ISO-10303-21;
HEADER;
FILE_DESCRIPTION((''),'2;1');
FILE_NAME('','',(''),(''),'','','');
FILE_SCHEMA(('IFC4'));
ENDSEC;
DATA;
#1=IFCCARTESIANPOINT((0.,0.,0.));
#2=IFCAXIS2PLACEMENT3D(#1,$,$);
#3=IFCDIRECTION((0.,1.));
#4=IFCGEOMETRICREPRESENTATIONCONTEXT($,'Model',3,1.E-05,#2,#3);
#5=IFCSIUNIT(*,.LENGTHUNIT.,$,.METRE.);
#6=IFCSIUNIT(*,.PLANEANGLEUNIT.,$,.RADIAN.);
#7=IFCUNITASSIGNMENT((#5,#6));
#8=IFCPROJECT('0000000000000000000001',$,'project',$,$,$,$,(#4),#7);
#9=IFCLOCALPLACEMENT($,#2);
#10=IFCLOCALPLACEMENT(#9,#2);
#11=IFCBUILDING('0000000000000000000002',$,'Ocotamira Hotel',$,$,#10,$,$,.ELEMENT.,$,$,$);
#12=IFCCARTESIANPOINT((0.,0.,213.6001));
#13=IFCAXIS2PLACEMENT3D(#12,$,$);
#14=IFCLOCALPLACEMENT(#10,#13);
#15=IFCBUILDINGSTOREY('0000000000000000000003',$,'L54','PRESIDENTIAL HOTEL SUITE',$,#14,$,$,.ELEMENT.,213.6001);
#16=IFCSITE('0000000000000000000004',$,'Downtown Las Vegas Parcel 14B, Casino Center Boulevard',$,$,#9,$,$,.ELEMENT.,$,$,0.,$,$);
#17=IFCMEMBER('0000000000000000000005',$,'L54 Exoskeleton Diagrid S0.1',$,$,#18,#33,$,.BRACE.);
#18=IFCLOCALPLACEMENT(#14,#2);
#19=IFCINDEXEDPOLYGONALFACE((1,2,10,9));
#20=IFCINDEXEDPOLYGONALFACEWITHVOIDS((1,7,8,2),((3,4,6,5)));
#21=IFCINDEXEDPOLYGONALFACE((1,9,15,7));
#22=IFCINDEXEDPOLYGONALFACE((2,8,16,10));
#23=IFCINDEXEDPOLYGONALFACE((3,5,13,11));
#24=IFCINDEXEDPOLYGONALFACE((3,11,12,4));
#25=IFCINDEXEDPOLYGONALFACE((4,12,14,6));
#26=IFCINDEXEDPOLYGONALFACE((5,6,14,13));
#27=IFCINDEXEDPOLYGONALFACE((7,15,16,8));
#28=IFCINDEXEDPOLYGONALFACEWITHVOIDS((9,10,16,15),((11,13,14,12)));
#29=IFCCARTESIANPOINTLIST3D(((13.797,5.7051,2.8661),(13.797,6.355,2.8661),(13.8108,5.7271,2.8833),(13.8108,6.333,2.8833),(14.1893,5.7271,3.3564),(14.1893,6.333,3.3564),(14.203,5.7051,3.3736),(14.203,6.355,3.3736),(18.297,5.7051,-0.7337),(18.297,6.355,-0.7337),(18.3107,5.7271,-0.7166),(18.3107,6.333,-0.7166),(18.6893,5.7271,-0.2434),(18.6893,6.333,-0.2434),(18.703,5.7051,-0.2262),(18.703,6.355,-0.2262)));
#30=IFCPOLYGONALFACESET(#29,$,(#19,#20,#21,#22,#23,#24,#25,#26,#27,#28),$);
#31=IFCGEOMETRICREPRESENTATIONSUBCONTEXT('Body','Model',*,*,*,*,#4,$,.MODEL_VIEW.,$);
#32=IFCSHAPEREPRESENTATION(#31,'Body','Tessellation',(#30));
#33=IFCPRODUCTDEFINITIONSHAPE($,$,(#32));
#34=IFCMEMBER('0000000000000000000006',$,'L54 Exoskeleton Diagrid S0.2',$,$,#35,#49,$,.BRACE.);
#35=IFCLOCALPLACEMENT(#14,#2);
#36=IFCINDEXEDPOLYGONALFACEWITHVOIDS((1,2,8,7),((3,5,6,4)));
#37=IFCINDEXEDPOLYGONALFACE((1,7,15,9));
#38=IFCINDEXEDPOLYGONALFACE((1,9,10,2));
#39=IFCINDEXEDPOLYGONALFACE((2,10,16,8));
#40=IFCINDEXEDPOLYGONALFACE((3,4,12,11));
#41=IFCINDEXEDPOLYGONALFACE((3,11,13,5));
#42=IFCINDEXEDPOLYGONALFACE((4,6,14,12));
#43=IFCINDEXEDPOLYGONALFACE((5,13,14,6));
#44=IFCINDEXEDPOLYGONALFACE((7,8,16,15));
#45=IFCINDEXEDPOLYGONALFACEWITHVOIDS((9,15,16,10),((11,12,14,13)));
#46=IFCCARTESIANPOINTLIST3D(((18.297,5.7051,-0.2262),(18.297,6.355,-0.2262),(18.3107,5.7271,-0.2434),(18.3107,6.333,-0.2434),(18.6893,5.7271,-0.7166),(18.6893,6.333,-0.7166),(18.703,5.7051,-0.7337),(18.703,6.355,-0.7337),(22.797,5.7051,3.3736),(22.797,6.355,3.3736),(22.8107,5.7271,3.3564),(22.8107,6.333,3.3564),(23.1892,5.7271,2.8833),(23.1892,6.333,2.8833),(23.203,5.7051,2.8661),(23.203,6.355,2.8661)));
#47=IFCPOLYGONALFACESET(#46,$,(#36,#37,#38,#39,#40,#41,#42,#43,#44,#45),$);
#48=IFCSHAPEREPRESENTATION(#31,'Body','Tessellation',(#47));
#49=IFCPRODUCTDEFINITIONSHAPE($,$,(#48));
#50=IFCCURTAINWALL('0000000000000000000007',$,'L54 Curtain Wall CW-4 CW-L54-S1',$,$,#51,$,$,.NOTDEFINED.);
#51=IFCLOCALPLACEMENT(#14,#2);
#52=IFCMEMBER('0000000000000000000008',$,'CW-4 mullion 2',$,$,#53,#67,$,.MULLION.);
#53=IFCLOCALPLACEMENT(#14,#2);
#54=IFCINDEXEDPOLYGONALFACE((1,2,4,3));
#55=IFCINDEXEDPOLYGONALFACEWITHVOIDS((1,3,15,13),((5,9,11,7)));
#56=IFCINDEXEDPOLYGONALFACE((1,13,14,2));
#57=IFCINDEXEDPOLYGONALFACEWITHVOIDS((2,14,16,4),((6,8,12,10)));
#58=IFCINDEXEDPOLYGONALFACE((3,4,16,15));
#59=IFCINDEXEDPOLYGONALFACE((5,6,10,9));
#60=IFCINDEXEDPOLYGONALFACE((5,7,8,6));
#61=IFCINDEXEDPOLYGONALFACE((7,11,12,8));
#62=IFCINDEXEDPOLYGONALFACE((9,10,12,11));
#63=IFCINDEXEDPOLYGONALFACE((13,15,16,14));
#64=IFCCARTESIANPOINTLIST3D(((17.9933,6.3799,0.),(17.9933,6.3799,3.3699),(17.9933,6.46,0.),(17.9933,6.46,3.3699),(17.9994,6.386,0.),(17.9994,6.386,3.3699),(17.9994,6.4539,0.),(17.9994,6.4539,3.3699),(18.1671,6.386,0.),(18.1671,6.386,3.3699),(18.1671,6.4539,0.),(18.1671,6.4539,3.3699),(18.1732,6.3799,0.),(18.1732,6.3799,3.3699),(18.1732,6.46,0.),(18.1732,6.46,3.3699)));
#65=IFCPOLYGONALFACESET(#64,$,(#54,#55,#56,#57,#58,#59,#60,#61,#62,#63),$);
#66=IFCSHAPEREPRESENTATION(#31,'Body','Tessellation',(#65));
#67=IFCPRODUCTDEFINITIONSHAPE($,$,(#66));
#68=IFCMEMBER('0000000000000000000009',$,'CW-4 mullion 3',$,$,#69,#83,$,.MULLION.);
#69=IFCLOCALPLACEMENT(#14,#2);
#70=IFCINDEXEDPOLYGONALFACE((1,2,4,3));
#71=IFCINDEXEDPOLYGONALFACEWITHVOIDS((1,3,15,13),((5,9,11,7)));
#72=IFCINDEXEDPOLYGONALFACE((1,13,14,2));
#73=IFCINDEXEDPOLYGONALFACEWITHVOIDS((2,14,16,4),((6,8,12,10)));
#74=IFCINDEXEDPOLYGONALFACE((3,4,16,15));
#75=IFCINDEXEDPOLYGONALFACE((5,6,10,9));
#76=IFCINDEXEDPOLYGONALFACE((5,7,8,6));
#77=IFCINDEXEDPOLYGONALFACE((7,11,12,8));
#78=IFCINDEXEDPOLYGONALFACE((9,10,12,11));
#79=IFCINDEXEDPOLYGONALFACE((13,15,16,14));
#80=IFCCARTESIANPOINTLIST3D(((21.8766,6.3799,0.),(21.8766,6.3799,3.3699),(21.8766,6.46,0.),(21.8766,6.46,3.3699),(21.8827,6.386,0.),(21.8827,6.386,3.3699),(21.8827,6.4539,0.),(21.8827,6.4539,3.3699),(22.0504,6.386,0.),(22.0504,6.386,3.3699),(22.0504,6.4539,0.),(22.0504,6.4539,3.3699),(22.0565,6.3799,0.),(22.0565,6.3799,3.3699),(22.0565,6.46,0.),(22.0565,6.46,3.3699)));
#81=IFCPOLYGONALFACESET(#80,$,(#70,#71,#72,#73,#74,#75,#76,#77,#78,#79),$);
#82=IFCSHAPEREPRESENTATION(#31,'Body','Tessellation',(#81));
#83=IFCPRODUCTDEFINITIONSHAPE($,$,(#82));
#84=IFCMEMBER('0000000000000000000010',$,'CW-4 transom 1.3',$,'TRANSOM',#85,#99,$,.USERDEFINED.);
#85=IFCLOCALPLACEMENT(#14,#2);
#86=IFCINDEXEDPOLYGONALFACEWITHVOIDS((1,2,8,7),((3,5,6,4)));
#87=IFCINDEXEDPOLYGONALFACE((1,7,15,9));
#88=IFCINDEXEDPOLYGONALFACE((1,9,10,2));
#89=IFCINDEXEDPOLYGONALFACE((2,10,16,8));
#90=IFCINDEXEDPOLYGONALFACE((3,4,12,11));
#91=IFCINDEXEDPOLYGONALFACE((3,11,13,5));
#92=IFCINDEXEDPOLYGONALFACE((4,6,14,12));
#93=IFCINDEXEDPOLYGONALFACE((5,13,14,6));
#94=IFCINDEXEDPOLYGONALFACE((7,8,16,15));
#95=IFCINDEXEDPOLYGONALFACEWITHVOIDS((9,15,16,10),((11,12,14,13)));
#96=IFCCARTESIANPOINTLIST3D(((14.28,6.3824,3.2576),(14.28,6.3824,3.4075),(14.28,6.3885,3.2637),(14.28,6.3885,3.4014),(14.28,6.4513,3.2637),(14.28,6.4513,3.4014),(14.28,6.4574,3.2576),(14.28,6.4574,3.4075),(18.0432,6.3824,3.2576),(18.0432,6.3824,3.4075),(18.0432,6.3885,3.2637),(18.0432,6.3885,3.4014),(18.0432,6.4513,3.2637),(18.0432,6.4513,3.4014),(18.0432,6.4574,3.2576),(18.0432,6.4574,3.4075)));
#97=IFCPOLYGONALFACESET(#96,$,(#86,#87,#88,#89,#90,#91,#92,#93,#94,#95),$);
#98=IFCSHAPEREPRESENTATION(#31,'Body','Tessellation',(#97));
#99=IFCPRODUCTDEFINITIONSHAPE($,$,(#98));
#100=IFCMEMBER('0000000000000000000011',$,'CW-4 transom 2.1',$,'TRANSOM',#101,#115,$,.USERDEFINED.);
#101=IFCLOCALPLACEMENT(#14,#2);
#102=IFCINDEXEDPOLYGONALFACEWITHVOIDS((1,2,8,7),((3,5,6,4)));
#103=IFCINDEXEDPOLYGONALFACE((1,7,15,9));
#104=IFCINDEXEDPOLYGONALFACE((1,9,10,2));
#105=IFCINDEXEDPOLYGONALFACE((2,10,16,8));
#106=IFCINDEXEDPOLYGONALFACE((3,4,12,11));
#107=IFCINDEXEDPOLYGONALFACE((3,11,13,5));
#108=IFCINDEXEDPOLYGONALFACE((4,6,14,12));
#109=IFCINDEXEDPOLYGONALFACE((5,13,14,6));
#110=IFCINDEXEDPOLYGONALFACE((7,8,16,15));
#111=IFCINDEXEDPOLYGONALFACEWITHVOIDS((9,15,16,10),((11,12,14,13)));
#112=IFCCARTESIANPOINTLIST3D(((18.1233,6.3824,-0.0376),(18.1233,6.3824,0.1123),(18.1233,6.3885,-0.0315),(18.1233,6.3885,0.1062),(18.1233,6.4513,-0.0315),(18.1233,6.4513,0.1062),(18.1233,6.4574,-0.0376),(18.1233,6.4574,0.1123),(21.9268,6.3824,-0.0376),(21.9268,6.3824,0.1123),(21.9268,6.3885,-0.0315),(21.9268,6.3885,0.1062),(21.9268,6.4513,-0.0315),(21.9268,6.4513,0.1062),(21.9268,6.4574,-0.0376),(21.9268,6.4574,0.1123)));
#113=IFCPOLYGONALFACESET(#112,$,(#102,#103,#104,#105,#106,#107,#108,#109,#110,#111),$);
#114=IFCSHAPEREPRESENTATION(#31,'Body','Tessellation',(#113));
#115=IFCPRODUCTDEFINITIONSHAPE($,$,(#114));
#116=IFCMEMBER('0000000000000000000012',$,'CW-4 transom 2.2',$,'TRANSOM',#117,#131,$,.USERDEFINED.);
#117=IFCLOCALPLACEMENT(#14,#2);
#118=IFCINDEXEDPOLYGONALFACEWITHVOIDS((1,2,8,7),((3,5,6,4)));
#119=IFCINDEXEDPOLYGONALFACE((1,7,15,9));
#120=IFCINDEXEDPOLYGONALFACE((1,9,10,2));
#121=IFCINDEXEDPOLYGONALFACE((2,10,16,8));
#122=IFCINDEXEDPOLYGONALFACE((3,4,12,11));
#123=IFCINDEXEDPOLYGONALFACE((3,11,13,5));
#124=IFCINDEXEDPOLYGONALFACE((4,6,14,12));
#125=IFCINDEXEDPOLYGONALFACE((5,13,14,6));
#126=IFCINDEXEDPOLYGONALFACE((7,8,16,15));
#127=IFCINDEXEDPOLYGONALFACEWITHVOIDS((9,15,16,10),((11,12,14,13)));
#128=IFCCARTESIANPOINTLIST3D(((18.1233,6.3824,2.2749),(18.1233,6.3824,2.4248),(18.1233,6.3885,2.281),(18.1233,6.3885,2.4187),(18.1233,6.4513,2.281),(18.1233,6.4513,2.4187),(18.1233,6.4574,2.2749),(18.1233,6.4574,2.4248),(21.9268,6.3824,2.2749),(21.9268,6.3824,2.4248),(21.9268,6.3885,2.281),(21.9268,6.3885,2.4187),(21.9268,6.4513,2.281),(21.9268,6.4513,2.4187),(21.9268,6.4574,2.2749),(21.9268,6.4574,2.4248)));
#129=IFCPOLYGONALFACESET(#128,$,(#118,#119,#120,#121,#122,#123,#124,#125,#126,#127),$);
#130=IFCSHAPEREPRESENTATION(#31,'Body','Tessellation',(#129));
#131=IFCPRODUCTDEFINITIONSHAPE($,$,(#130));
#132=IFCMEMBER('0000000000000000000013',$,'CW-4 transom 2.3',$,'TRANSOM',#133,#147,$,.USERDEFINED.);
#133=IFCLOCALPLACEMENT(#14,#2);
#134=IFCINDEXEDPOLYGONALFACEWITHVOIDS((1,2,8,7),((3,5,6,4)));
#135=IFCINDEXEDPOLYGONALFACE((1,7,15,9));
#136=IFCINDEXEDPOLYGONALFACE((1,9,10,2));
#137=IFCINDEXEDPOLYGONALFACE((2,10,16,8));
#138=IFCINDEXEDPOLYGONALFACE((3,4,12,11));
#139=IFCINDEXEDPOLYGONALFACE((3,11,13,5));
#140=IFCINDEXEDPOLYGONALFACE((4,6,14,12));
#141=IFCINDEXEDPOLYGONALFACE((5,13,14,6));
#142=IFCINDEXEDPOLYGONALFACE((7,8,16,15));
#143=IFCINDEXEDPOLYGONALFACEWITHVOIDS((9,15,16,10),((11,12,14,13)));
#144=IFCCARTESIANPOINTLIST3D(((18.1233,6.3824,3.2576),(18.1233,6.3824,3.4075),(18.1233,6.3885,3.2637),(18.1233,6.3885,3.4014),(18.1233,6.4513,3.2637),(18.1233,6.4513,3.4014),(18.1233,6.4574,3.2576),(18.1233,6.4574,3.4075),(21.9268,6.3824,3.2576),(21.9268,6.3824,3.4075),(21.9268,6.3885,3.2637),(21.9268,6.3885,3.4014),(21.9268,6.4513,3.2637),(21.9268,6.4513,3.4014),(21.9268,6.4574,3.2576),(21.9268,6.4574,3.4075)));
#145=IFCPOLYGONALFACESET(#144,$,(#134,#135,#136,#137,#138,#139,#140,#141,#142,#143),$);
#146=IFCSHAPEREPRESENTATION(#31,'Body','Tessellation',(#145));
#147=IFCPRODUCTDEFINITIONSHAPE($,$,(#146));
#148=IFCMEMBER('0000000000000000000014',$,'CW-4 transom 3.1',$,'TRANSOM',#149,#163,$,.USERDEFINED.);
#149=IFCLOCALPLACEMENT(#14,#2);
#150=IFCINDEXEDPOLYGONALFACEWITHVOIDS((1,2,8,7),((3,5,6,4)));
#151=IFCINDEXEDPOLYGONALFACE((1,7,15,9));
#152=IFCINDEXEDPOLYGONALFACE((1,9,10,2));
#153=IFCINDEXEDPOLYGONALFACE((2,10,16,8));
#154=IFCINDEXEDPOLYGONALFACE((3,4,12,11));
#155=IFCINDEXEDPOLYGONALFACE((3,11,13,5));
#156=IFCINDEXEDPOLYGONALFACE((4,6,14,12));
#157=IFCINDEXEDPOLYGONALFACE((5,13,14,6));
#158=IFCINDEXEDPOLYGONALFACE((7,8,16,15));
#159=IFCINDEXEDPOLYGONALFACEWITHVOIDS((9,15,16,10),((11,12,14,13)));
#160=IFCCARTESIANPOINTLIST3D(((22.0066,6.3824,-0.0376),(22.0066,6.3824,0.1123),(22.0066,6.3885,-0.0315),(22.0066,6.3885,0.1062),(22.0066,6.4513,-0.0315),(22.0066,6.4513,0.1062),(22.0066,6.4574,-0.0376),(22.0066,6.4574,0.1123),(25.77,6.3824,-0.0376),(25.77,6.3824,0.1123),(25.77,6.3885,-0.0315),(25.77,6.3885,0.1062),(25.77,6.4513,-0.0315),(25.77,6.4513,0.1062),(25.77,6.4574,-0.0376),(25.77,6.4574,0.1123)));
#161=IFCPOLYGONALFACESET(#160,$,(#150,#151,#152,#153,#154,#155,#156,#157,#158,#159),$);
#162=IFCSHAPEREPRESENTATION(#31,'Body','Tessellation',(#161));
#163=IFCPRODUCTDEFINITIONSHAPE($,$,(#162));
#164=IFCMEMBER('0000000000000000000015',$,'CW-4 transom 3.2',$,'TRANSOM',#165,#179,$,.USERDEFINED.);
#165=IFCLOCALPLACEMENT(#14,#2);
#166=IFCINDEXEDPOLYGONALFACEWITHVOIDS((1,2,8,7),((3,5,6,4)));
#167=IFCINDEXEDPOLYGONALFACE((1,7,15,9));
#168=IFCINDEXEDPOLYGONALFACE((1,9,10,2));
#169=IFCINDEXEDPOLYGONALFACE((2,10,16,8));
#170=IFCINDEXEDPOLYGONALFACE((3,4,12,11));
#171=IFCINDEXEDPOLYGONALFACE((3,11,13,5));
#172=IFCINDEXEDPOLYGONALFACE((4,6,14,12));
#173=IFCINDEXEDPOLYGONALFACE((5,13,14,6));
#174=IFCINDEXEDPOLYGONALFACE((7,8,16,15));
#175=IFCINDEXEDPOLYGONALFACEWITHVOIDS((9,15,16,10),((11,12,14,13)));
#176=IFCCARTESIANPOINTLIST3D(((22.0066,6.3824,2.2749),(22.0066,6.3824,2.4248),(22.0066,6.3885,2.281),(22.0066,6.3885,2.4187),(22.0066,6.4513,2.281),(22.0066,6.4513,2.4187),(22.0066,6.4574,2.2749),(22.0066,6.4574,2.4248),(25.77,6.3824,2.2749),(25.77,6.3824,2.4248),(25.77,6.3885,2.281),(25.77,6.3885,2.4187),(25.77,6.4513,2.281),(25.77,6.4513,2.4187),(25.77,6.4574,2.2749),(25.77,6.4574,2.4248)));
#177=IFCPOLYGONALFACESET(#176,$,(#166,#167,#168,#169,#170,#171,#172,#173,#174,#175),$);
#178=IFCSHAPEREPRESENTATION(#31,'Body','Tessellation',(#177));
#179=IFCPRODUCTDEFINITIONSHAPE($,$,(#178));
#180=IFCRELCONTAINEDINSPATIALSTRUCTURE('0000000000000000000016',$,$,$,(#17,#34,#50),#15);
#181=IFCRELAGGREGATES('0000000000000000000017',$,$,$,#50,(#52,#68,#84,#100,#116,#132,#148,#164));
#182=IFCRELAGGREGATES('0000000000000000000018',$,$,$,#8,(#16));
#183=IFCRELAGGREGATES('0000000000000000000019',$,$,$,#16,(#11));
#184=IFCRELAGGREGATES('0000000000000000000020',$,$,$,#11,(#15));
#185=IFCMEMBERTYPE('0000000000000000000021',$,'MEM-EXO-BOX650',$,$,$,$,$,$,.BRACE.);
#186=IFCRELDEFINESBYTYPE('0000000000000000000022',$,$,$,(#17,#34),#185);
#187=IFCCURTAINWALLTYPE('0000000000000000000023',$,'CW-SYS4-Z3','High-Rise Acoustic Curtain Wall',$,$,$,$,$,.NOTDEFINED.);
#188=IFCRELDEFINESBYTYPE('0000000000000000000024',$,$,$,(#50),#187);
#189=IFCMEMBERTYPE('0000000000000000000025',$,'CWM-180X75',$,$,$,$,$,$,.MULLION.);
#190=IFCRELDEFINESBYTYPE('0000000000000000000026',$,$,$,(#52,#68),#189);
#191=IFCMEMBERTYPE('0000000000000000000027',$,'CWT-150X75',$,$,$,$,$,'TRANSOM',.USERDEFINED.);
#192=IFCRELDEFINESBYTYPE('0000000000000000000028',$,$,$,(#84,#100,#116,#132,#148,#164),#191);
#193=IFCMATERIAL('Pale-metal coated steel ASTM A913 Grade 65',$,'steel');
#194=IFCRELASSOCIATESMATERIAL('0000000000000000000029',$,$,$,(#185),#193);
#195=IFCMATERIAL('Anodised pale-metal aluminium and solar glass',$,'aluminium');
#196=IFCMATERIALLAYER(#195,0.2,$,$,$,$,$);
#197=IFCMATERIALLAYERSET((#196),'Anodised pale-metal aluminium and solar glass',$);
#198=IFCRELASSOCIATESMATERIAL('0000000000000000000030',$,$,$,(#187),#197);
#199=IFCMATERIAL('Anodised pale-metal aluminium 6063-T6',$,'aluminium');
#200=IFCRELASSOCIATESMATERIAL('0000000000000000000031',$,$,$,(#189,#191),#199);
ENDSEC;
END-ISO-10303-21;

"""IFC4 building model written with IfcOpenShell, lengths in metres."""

from ifc_helpers import new_model, si_unit, direction, frame, origin, origin_2d, place, context, subcontext, project, spatial, hollow_rectangle, extrude, source, transform, mapped, material, layer, layer_set, material_profile, profile_set, type_object, element, aggregate, save


model = new_model("IFC4")

# Units and contexts
model_context = context("Model", 3, precision=1e-05, world=origin(), true_north=direction((0.0, 1.0)))
body_context = subcontext(model_context, "Body", "Model", "MODEL_VIEW")
ifc_project = project(units=[si_unit("LENGTHUNIT", "METRE"), si_unit("PLANEANGLEUNIT", "RADIAN")], contexts=[model_context])

# Site, building, storey
site_placement = place(None, origin())
site = spatial("IfcSite", under=ifc_project, at=site_placement, Name="Downtown Las Vegas Parcel 14B, Casino Center Boulevard", CompositionType="ELEMENT", RefElevation=0.0)
building_placement = place(site_placement, origin())
building = spatial("IfcBuilding", under=site, at=building_placement, Name="Ocotamira Hotel", CompositionType="ELEMENT")
storey_placement = place(building_placement, frame((0.0, 0.0, 213.6001)))
storey = spatial("IfcBuildingStorey", under=building, at=storey_placement, Name="L54", Description="PRESIDENTIAL HOTEL SUITE", CompositionType="ELEMENT", Elevation=213.6001)

# Members
ifc_material_1 = material(Name="Pale-metal coated steel ASTM A913 Grade 65", Category="steel")
ifc_material_profile_1 = material_profile(ifc_material_1, hollow_rectangle(XDim=0.6499, YDim=0.6499, WallThickness=0.022, at=origin_2d()), Name="BOX650X650X22")
ifc_profile_set_1 = profile_set([ifc_material_profile_1], Name="Pale-metal coated steel ASTM A913 Grade 65")
member_type_1 = type_object("IfcMemberType", Name="MEM-EXO-BOX650", PredefinedType="BRACE", material=ifc_profile_set_1)
shared_shape_1 = source(origin(), body_context, "Body", "SweptSolid", [
    extrude(hollow_rectangle(XDim=0.6499, YDim=0.6499, WallThickness=0.022, at=origin_2d()), origin(), (0.0, 0.0, 1.0), 5.7627),
])
for number, where, z_axis, x_axis, name in (
    (1, (18.5, 6.03, -0.48), (-0.780881, 0.0, 0.62468), (0.0, -1.0, 0.0), "L54 Exoskeleton Diagrid S0.1"),
    (2, (18.5, 6.03, -0.48), (0.780881, 0.0, 0.62468), (0.0, 1.0, 0.0), "L54 Exoskeleton Diagrid S0.2"),
):
    element("IfcMember", number, at=place(storey_placement, frame(where, z_axis=z_axis, x_axis=x_axis)), inside=storey, type_object=member_type_1, Name=name, PredefinedType="BRACE", context=body_context, shape_type="MappedRepresentation", body=[
        mapped(shared_shape_1, transform((0.0, 0.0, 0.0), scale=1.0)),
    ])

# Curtain wall, members
ifc_material_2 = material(Name="Anodised pale-metal aluminium and solar glass", Category="aluminium")
ifc_layer_1 = layer(ifc_material_2, 0.2)
ifc_layer_set_1 = layer_set([ifc_layer_1], Name="Anodised pale-metal aluminium and solar glass")
curtain_wall_type = type_object("IfcCurtainWallType", Name="CW-SYS4-Z3", Description="High-Rise Acoustic Curtain Wall", PredefinedType="NOTDEFINED", material=ifc_layer_set_1)
curtain_wall_placement = place(storey_placement, origin())
curtain_wall = element("IfcCurtainWall", 3, at=curtain_wall_placement, inside=storey, type_object=curtain_wall_type, Name="L54 Curtain Wall CW-4 CW-L54-S1", PredefinedType="NOTDEFINED")
ifc_material_3 = material(Name="Anodised pale-metal aluminium 6063-T6", Category="aluminium")
ifc_material_profile_2 = material_profile(ifc_material_3, hollow_rectangle(XDim=0.0801, YDim=0.1799, WallThickness=0.0061, at=origin_2d()), Name="HSS180X80X6")
ifc_profile_set_2 = profile_set([ifc_material_profile_2], Name="Anodised pale-metal aluminium 6063-T6")
member_type_2 = type_object("IfcMemberType", Name="CWM-180X75", PredefinedType="MULLION", material=ifc_profile_set_2)
shared_shape_2 = source(origin(), body_context, "Body", "SweptSolid", [
    extrude(hollow_rectangle(XDim=0.0801, YDim=0.1799, WallThickness=0.0061, at=origin_2d()), origin(), (0.0, 0.0, 1.0), 3.3699),
])
member_1_placement = place(storey_placement, frame((18.0833, 6.4199, 0.0), z_axis=(0.0, 0.0, 1.0), x_axis=(0.0, 1.0, 0.0)))
member_1 = element("IfcMember", 4, at=member_1_placement, type_object=member_type_2, Name="CW-4 mullion 2", PredefinedType="MULLION", context=body_context, shape_type="MappedRepresentation", body=[
    mapped(shared_shape_2, transform((0.0, 0.0, 0.0), scale=1.0)),
])
member_2_placement = place(storey_placement, frame((21.9666, 6.4199, 0.0), z_axis=(0.0, 0.0, 1.0), x_axis=(0.0, 1.0, 0.0)))
member_2 = element("IfcMember", 5, at=member_2_placement, type_object=member_type_2, Name="CW-4 mullion 3", PredefinedType="MULLION", context=body_context, shape_type="MappedRepresentation", body=[
    mapped(shared_shape_2, transform((0.0, 0.0, 0.0), scale=1.0)),
])
ifc_material_profile_3 = material_profile(ifc_material_3, hollow_rectangle(XDim=0.075, YDim=0.1499, WallThickness=0.0061, at=origin_2d()), Name="HSS150X75X6")
ifc_profile_set_3 = profile_set([ifc_material_profile_3], Name="Anodised pale-metal aluminium 6063-T6")
member_type_3 = type_object("IfcMemberType", Name="CWT-150X75", ElementType="TRANSOM", PredefinedType="USERDEFINED", material=ifc_profile_set_3)
shared_shape_3 = source(origin(), body_context, "Body", "SweptSolid", [
    extrude(hollow_rectangle(XDim=0.075, YDim=0.1499, WallThickness=0.0061, at=origin_2d()), origin(), (0.0, 0.0, 1.0), 3.7632),
])
member_3_placement = place(storey_placement, frame((14.28, 6.4199, 3.3325), z_axis=(1.0, 0.0, 0.0), x_axis=(0.0, 1.0, 0.0)))
member_3 = element("IfcMember", 6, at=member_3_placement, type_object=member_type_3, Name="CW-4 transom 1.3", ObjectType="TRANSOM", PredefinedType="USERDEFINED", context=body_context, shape_type="MappedRepresentation", body=[
    mapped(shared_shape_3, transform((0.0, 0.0, 0.0), scale=1.0)),
])
shared_shape_4 = source(origin(), body_context, "Body", "SweptSolid", [
    extrude(hollow_rectangle(XDim=0.075, YDim=0.1499, WallThickness=0.0061, at=origin_2d()), origin(), (0.0, 0.0, 1.0), 3.8035),
])
member_4_placement = place(storey_placement, frame((18.1233, 6.4199, 0.0374), z_axis=(1.0, 0.0, 0.0), x_axis=(0.0, 1.0, 0.0)))
member_4 = element("IfcMember", 7, at=member_4_placement, type_object=member_type_3, Name="CW-4 transom 2.1", ObjectType="TRANSOM", PredefinedType="USERDEFINED", context=body_context, shape_type="MappedRepresentation", body=[
    mapped(shared_shape_4, transform((0.0, 0.0, 0.0), scale=1.0)),
])
member_5_placement = place(storey_placement, frame((18.1233, 6.4199, 2.3499), z_axis=(1.0, 0.0, 0.0), x_axis=(0.0, 1.0, 0.0)))
member_5 = element("IfcMember", 8, at=member_5_placement, type_object=member_type_3, Name="CW-4 transom 2.2", ObjectType="TRANSOM", PredefinedType="USERDEFINED", context=body_context, shape_type="MappedRepresentation", body=[
    mapped(shared_shape_4, transform((0.0, 0.0, 0.0), scale=1.0)),
])
member_6_placement = place(storey_placement, frame((18.1233, 6.4199, 3.3325), z_axis=(1.0, 0.0, 0.0), x_axis=(0.0, 1.0, 0.0)))
member_6 = element("IfcMember", 9, at=member_6_placement, type_object=member_type_3, Name="CW-4 transom 2.3", ObjectType="TRANSOM", PredefinedType="USERDEFINED", context=body_context, shape_type="MappedRepresentation", body=[
    mapped(shared_shape_4, transform((0.0, 0.0, 0.0), scale=1.0)),
])
shared_shape_5 = source(origin(), body_context, "Body", "SweptSolid", [
    extrude(hollow_rectangle(XDim=0.075, YDim=0.1499, WallThickness=0.0061, at=origin_2d()), origin(), (0.0, 0.0, 1.0), 3.7634),
])
member_7_placement = place(storey_placement, frame((22.0066, 6.4199, 0.0374), z_axis=(1.0, 0.0, 0.0), x_axis=(0.0, 1.0, 0.0)))
member_7 = element("IfcMember", 10, at=member_7_placement, type_object=member_type_3, Name="CW-4 transom 3.1", ObjectType="TRANSOM", PredefinedType="USERDEFINED", context=body_context, shape_type="MappedRepresentation", body=[
    mapped(shared_shape_5, transform((0.0, 0.0, 0.0), scale=1.0)),
])
member_8_placement = place(storey_placement, frame((22.0066, 6.4199, 2.3499), z_axis=(1.0, 0.0, 0.0), x_axis=(0.0, 1.0, 0.0)))
member_8 = element("IfcMember", 11, at=member_8_placement, type_object=member_type_3, Name="CW-4 transom 3.2", ObjectType="TRANSOM", PredefinedType="USERDEFINED", context=body_context, shape_type="MappedRepresentation", body=[
    mapped(shared_shape_5, transform((0.0, 0.0, 0.0), scale=1.0)),
])

aggregate(curtain_wall, [member_1, member_2, member_3, member_4, member_5, member_6, member_7, member_8])

save(model, "model.ifc")
